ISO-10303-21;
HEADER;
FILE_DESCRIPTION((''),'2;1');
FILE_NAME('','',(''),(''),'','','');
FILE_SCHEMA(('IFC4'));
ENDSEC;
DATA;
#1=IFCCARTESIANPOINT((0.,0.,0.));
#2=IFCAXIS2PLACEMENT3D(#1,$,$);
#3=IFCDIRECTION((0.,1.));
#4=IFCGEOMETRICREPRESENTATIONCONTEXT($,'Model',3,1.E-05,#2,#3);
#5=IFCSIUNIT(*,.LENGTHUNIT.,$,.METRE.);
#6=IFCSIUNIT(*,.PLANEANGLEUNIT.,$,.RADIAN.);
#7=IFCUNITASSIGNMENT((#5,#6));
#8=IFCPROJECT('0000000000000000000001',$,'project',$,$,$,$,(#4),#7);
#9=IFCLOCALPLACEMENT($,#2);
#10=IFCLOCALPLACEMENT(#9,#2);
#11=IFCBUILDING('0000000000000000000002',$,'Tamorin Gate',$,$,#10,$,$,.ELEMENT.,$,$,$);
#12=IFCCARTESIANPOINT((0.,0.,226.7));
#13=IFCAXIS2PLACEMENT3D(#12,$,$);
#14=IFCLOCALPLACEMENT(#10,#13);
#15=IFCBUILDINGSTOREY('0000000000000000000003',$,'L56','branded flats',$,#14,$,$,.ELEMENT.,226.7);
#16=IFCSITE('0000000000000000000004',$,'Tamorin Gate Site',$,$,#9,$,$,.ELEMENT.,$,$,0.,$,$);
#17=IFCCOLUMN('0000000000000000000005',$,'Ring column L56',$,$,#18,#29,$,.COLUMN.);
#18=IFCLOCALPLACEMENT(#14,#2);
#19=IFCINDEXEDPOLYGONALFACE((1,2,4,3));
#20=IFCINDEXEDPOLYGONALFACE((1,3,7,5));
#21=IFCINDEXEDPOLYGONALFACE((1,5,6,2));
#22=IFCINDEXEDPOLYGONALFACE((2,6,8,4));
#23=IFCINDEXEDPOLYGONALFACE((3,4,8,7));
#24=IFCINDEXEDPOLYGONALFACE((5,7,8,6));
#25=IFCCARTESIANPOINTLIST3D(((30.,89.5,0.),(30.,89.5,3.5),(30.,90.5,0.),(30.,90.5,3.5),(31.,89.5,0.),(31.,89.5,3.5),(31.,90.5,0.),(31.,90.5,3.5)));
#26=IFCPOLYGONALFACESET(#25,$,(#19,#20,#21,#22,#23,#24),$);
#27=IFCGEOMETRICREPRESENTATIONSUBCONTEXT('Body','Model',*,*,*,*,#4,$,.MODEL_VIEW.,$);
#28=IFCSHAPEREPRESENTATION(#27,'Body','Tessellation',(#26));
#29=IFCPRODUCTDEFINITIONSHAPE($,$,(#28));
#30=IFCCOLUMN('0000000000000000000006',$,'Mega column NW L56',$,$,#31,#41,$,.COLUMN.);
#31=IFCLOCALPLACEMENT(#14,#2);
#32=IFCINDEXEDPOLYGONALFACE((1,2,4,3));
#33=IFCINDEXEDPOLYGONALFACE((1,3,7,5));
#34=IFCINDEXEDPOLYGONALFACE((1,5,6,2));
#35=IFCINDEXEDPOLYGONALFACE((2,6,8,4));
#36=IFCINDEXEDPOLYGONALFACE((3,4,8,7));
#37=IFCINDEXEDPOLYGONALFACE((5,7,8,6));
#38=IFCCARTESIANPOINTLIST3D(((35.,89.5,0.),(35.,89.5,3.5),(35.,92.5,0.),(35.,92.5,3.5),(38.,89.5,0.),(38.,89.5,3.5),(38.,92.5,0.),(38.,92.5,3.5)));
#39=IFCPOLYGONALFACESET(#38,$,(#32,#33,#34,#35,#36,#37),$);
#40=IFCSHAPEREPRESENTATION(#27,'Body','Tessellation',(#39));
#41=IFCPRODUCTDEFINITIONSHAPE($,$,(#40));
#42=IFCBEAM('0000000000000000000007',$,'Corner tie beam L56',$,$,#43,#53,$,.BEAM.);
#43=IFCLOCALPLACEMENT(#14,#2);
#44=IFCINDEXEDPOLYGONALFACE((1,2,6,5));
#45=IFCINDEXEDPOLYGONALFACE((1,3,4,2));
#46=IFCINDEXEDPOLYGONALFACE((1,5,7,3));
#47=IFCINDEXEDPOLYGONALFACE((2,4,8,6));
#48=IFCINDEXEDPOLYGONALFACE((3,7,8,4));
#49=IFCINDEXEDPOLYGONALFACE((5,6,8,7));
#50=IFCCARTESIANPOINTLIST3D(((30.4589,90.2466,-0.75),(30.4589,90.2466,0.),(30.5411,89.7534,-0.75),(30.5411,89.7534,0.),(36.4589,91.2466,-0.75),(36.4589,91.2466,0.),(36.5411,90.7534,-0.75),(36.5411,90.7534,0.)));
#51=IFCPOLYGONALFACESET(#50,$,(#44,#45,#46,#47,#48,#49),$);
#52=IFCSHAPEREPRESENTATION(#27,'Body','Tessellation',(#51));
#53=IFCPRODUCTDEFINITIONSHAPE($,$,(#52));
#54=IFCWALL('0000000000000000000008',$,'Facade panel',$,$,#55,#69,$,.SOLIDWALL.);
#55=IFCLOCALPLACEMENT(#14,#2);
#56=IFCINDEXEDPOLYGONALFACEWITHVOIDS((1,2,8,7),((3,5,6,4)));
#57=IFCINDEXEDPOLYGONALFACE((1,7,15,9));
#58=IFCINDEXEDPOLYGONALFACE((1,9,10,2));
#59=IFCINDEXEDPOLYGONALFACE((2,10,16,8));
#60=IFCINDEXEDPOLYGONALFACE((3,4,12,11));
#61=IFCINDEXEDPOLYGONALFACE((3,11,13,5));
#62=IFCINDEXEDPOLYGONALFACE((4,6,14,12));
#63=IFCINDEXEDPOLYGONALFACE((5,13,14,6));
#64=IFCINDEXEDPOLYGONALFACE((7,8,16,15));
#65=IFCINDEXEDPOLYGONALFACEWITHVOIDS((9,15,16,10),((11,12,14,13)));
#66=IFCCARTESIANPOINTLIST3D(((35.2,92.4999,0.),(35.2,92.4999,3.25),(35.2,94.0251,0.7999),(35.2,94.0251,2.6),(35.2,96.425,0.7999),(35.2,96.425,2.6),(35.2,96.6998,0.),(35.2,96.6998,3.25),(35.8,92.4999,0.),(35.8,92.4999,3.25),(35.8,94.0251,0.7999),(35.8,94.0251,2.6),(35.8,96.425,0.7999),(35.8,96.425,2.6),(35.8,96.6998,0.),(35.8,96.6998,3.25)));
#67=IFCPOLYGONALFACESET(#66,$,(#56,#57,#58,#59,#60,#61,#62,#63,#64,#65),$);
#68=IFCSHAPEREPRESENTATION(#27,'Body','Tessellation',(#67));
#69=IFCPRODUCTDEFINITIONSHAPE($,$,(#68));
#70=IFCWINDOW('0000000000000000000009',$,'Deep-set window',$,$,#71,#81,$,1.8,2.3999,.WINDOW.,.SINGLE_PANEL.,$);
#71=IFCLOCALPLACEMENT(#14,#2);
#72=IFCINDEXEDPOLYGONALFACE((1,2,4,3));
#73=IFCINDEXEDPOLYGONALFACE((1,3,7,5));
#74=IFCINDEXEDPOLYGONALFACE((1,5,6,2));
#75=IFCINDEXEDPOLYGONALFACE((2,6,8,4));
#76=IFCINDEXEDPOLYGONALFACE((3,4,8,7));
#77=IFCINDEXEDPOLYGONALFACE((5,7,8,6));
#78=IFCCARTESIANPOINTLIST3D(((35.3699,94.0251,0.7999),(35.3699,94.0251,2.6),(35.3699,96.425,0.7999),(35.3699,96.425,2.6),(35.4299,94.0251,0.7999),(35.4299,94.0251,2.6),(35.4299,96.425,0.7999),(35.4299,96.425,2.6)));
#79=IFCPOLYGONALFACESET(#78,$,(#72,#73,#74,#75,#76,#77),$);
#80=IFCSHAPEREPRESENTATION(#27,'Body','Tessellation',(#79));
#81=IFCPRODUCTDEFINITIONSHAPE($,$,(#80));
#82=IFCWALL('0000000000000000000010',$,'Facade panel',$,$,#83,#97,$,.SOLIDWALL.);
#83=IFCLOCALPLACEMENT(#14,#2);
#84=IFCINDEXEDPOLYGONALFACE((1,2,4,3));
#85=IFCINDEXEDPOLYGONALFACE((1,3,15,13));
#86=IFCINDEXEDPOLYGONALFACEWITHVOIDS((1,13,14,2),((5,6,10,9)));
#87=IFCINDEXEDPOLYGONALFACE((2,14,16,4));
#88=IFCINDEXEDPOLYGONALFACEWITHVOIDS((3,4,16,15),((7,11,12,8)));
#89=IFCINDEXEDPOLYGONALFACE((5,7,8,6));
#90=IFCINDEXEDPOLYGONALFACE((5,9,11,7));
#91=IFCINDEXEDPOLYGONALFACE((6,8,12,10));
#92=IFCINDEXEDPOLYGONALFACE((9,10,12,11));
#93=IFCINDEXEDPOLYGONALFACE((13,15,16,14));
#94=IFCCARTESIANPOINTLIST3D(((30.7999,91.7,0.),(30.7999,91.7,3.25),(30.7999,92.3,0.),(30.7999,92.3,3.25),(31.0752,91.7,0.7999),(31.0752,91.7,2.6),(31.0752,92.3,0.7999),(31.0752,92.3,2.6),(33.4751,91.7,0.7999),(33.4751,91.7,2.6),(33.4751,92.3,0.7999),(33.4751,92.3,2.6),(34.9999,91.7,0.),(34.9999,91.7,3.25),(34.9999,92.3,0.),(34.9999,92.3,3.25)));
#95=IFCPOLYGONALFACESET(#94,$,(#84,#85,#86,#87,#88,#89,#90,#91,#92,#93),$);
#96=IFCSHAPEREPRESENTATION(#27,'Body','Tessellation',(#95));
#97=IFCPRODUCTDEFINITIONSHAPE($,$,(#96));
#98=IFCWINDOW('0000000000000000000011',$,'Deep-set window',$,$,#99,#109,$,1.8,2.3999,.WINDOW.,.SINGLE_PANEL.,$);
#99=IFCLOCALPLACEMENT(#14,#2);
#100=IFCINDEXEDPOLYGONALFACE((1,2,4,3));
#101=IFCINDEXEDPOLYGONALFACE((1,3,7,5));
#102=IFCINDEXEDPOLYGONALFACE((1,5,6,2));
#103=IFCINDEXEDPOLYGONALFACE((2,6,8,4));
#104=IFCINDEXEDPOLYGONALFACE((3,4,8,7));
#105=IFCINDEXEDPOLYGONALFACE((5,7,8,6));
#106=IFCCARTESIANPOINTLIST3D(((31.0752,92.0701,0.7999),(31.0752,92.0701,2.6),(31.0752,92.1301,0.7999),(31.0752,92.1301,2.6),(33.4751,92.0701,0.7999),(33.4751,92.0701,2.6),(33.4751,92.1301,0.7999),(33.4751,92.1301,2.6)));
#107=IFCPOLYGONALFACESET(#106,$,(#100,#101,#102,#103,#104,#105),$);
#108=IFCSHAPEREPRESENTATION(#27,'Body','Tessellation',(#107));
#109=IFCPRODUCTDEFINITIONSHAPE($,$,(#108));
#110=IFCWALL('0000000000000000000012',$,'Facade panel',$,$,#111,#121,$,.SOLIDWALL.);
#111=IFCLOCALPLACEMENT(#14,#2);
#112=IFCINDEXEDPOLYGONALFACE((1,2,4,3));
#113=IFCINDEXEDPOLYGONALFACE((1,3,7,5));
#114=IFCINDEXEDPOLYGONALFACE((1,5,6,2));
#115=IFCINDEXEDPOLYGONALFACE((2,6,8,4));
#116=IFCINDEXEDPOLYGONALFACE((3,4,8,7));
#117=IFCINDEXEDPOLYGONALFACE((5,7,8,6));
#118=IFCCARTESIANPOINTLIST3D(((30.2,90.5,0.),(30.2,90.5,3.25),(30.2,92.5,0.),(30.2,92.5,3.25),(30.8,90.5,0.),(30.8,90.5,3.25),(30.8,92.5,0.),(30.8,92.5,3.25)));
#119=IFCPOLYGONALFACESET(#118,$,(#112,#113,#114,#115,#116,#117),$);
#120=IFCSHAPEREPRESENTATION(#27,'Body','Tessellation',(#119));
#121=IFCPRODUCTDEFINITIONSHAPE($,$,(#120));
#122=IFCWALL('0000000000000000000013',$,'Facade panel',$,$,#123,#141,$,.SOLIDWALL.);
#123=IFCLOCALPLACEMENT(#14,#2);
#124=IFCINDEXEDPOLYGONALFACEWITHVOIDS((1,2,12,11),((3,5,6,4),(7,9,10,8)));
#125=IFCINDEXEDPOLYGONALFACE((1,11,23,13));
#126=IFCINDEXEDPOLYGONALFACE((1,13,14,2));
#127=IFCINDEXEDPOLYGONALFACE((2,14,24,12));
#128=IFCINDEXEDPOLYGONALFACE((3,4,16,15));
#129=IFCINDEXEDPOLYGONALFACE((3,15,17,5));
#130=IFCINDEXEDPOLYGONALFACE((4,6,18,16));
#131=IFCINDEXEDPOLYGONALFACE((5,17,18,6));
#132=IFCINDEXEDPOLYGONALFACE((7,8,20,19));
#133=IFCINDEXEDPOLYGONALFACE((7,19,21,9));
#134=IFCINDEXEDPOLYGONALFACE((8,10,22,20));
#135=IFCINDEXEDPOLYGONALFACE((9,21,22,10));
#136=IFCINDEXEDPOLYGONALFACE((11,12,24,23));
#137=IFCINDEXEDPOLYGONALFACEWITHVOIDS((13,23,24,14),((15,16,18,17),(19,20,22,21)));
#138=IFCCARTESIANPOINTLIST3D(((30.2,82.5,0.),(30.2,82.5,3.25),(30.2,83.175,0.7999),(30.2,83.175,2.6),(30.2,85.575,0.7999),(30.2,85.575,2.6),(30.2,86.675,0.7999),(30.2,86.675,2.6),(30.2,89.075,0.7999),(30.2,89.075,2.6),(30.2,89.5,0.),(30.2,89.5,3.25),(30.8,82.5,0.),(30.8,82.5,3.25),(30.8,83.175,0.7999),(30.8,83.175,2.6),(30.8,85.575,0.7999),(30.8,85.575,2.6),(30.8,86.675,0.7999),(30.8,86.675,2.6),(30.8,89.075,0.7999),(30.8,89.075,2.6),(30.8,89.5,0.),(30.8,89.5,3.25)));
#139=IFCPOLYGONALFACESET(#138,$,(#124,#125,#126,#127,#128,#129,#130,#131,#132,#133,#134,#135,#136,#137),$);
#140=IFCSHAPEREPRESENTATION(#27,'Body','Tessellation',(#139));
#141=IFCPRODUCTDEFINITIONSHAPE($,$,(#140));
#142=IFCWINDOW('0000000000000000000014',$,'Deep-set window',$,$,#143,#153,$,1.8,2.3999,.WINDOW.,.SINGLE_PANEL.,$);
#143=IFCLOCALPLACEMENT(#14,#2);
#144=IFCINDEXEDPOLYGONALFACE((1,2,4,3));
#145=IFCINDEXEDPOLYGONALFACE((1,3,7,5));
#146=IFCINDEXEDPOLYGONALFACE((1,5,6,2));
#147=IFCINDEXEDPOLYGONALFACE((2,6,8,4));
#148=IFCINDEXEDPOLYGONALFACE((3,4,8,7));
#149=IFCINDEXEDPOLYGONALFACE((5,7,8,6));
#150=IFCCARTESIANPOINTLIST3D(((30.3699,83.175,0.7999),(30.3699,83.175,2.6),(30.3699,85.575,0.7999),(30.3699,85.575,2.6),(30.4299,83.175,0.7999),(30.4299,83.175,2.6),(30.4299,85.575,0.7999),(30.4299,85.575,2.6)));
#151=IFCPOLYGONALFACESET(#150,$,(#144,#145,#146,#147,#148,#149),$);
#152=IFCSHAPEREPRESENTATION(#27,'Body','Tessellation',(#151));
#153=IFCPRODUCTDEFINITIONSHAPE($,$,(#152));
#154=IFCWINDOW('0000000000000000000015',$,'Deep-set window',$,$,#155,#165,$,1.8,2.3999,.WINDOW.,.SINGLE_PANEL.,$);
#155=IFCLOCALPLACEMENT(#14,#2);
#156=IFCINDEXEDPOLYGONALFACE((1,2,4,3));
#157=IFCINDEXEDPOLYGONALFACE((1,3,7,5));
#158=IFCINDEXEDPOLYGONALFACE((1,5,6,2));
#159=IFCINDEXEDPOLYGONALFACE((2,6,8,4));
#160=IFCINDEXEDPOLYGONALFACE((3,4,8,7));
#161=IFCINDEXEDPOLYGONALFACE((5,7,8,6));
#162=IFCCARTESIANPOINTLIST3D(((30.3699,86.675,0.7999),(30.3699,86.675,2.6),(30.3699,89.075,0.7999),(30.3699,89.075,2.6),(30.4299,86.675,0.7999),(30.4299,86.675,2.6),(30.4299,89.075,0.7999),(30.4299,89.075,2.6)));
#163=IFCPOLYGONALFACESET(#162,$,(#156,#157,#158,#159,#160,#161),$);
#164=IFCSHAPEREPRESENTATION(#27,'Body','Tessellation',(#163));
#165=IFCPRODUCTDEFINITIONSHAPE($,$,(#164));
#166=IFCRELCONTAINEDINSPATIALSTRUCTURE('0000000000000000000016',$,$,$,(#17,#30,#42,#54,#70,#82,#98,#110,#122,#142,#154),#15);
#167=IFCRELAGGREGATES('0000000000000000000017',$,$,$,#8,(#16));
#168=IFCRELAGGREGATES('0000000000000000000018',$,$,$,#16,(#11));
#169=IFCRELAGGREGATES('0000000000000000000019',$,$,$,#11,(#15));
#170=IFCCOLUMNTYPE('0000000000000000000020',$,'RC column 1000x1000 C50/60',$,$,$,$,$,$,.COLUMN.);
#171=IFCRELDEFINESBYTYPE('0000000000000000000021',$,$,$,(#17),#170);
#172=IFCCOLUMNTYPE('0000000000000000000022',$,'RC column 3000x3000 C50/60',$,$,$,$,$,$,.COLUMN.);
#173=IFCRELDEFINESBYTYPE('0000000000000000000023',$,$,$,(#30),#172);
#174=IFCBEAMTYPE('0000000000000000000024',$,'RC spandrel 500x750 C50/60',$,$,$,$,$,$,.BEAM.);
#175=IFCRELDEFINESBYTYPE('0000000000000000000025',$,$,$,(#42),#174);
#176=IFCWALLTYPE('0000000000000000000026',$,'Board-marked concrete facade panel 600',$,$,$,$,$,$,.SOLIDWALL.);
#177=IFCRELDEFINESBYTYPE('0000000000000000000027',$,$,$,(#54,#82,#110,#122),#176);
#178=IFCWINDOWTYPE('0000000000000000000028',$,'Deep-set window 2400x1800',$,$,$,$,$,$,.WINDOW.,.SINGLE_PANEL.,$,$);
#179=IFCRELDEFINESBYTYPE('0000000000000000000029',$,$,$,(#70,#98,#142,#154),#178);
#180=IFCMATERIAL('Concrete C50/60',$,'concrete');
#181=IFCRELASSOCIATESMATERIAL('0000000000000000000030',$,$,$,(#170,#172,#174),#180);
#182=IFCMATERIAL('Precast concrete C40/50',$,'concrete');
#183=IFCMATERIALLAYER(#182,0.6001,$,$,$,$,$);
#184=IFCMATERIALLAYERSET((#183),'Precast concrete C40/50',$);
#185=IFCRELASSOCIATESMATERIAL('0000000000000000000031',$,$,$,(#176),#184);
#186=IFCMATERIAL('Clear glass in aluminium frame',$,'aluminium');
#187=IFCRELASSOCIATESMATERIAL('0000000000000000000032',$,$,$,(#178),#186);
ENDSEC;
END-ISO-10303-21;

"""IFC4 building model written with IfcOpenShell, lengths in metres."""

from ifc_helpers import new_model, si_unit, direction, frame, frame_2d, origin, origin_2d, place, context, subcontext, project, spatial, rectangle, extrude, material, layer, layer_set, material_profile, profile_set, type_object, element, fill, save


model = new_model("IFC4")

# Units and contexts
model_context = context("Model", 3, precision=1e-05, world=origin(), true_north=direction((0.0, 1.0)))
body_context = subcontext(model_context, "Body", "Model", "MODEL_VIEW")
ifc_project = project(units=[si_unit("LENGTHUNIT", "METRE"), si_unit("PLANEANGLEUNIT", "RADIAN")], contexts=[model_context])

# Site, building, storey
site_placement = place(None, origin())
site = spatial("IfcSite", under=ifc_project, at=site_placement, Name="Tamorin Gate Site", CompositionType="ELEMENT", RefElevation=0.0)
building_placement = place(site_placement, origin())
building = spatial("IfcBuilding", under=site, at=building_placement, Name="Tamorin Gate", CompositionType="ELEMENT")
storey_placement = place(building_placement, frame((0.0, 0.0, 226.7)))
storey = spatial("IfcBuildingStorey", under=building, at=storey_placement, Name="L56", Description="branded flats", CompositionType="ELEMENT", Elevation=226.7)

# Columns
ifc_material_1 = material(Name="Concrete C50/60", Category="concrete")
ifc_material_profile_1 = material_profile(ifc_material_1, rectangle(XDim=1.0, YDim=1.0, at=origin_2d()), Name="RC 1000x1000")
ifc_profile_set_1 = profile_set([ifc_material_profile_1], Name="Concrete C50/60")
column_type_1 = type_object("IfcColumnType", Name="RC column 1000x1000 C50/60", PredefinedType="COLUMN", material=ifc_profile_set_1)
column_1_placement = place(storey_placement, frame((30.5, 90.0, 0.0), z_axis=(0.0, 0.0, 1.0), x_axis=(1.0, 0.0, 0.0)))
element("IfcColumn", 1, at=column_1_placement, inside=storey, type_object=column_type_1, Name="Ring column L56", PredefinedType="COLUMN", context=body_context, shape_type="SweptSolid", body=[
    extrude(rectangle(XDim=1.0, YDim=1.0, at=origin_2d()), origin(), (0.0, 0.0, 1.0), 3.5),
])
ifc_material_profile_2 = material_profile(ifc_material_1, rectangle(XDim=3.0, YDim=3.0, at=origin_2d()), Name="RC 3000x3000")
ifc_profile_set_2 = profile_set([ifc_material_profile_2], Name="Concrete C50/60")
column_type_2 = type_object("IfcColumnType", Name="RC column 3000x3000 C50/60", PredefinedType="COLUMN", material=ifc_profile_set_2)
column_2_placement = place(storey_placement, frame((36.5, 91.0, 0.0), z_axis=(0.0, 0.0, 1.0), x_axis=(1.0, 0.0, 0.0)))
element("IfcColumn", 2, at=column_2_placement, inside=storey, type_object=column_type_2, Name="Mega column NW L56", PredefinedType="COLUMN", context=body_context, shape_type="SweptSolid", body=[
    extrude(rectangle(XDim=3.0, YDim=3.0, at=origin_2d()), origin(), (0.0, 0.0, 1.0), 3.5),
])

# Beam
ifc_material_profile_3 = material_profile(ifc_material_1, rectangle(XDim=0.5, YDim=0.75, at=origin_2d()), Name="RC 500x750")
ifc_profile_set_3 = profile_set([ifc_material_profile_3], Name="Concrete C50/60")
beam_type = type_object("IfcBeamType", Name="RC spandrel 500x750 C50/60", PredefinedType="BEAM", material=ifc_profile_set_3)
beam_placement = place(storey_placement, frame((36.5, 91.0, -0.375), z_axis=(-0.986394, -0.164399, 0.0), x_axis=(0.164399, -0.986394, 0.0)))
element("IfcBeam", 3, at=beam_placement, inside=storey, type_object=beam_type, Name="Corner tie beam L56", PredefinedType="BEAM", context=body_context, shape_type="SweptSolid", body=[
    extrude(rectangle(XDim=0.5, YDim=0.75, at=origin_2d()), origin(), (0.0, 0.0, 1.0), 6.0828),
])

# Walls, openings, windows
ifc_material_2 = material(Name="Precast concrete C40/50", Category="concrete")
ifc_layer_1 = layer(ifc_material_2, 0.6001)
ifc_layer_set_1 = layer_set([ifc_layer_1], Name="Precast concrete C40/50")
wall_type_1 = type_object("IfcWallType", Name="Board-marked concrete facade panel 600", PredefinedType="SOLIDWALL", material=ifc_layer_set_1)
wall_1_placement = place(storey_placement, frame((35.5, 96.7, 0.0), z_axis=(0.0, 0.0, 1.0), x_axis=(0.0, -1.0, 0.0)))
wall_1 = element("IfcWall", 4, at=wall_1_placement, inside=storey, type_object=wall_type_1, Name="Facade panel", PredefinedType="SOLIDWALL", context=body_context, shape_type="SweptSolid", body=[
    extrude(rectangle(XDim=4.2, YDim=0.6001, at=frame_2d((2.1001, 0.0))), origin(), (0.0, 0.0, 1.0), 3.25),
])
opening_1_placement = place(wall_1_placement, frame((0.2749, 0.0, 0.8)))
opening_1 = element("IfcOpeningElement", 5, at=opening_1_placement, cuts=wall_1, PredefinedType="OPENING", context=body_context, shape_type="SweptSolid", body=[
    extrude(rectangle(XDim=2.3999, YDim=1.8, at=frame_2d((1.2, 0.8999))), frame((0.0, 0.3101, 0.0), z_axis=(0.0, -1.0, 0.0), x_axis=(1.0, 0.0, 0.0)), (0.0, 0.0, 1.0), 0.6201),
])
ifc_material_3 = material(Name="Clear glass in aluminium frame", Category="aluminium")
window_type = type_object("IfcWindowType", Name="Deep-set window 2400x1800", PartitioningType="SINGLE_PANEL", PredefinedType="WINDOW", material=ifc_material_3)
window_1_placement = place(opening_1_placement, origin())
window_1 = element("IfcWindow", 6, at=window_1_placement, inside=storey, type_object=window_type, Name="Deep-set window", OverallHeight=1.8, OverallWidth=2.3999, PartitioningType="SINGLE_PANEL", PredefinedType="WINDOW", context=body_context, shape_type="SweptSolid", body=[
    extrude(rectangle(XDim=2.3999, YDim=1.8, at=frame_2d((1.2, 0.8999))), frame((0.0, -0.0701, 0.0), z_axis=(0.0, -1.0, 0.0), x_axis=(1.0, 0.0, 0.0)), (0.0, 0.0, 1.0), 0.0601),
])
fill(opening_1, window_1)
wall_2_placement = place(storey_placement, frame((35.0, 92.0, 0.0), z_axis=(0.0, 0.0, 1.0), x_axis=(-1.0, 0.0, 0.0)))
wall_2 = element("IfcWall", 7, at=wall_2_placement, inside=storey, type_object=wall_type_1, Name="Facade panel", PredefinedType="SOLIDWALL", context=body_context, shape_type="SweptSolid", body=[
    extrude(rectangle(XDim=4.2, YDim=0.6001, at=frame_2d((2.1001, 0.0))), origin(), (0.0, 0.0, 1.0), 3.25),
])
opening_2_placement = place(wall_2_placement, frame((1.5249, 0.0, 0.8)))
opening_2 = element("IfcOpeningElement", 8, at=opening_2_placement, cuts=wall_2, PredefinedType="OPENING", context=body_context, shape_type="SweptSolid", body=[
    extrude(rectangle(XDim=2.3999, YDim=1.8, at=frame_2d((1.2, 0.8999))), frame((0.0, 0.3101, 0.0), z_axis=(0.0, -1.0, 0.0), x_axis=(1.0, 0.0, 0.0)), (0.0, 0.0, 1.0), 0.6201),
])
window_2_placement = place(opening_2_placement, origin())
window_2 = element("IfcWindow", 9, at=window_2_placement, inside=storey, type_object=window_type, Name="Deep-set window", OverallHeight=1.8, OverallWidth=2.3999, PartitioningType="SINGLE_PANEL", PredefinedType="WINDOW", context=body_context, shape_type="SweptSolid", body=[
    extrude(rectangle(XDim=2.3999, YDim=1.8, at=frame_2d((1.2, 0.8999))), frame((0.0, -0.0701, 0.0), z_axis=(0.0, -1.0, 0.0), x_axis=(1.0, 0.0, 0.0)), (0.0, 0.0, 1.0), 0.0601),
])
fill(opening_2, window_2)

# Wall
wall_3_placement = place(storey_placement, frame((30.5, 92.5, 0.0), z_axis=(0.0, 0.0, 1.0), x_axis=(0.0, -1.0, 0.0)))
element("IfcWall", 10, at=wall_3_placement, inside=storey, type_object=wall_type_1, Name="Facade panel", PredefinedType="SOLIDWALL", context=body_context, shape_type="SweptSolid", body=[
    extrude(rectangle(XDim=2.0, YDim=0.6001, at=frame_2d((1.0, 0.0))), origin(), (0.0, 0.0, 1.0), 3.25),
])

# Wall, openings, windows
wall_4_placement = place(storey_placement, frame((30.5, 89.5, 0.0), z_axis=(0.0, 0.0, 1.0), x_axis=(0.0, -1.0, 0.0)))
wall_4 = element("IfcWall", 11, at=wall_4_placement, inside=storey, type_object=wall_type_1, Name="Facade panel", PredefinedType="SOLIDWALL", context=body_context, shape_type="SweptSolid", body=[
    extrude(rectangle(XDim=7.0, YDim=0.6001, at=frame_2d((3.5, 0.0))), origin(), (0.0, 0.0, 1.0), 3.25),
])
opening_3_placement = place(wall_4_placement, frame((3.925, 0.0, 0.8)))
opening_3 = element("IfcOpeningElement", 12, at=opening_3_placement, cuts=wall_4, PredefinedType="OPENING", context=body_context, shape_type="SweptSolid", body=[
    extrude(rectangle(XDim=2.3999, YDim=1.8, at=frame_2d((1.2, 0.8999))), frame((0.0, 0.3101, 0.0), z_axis=(0.0, -1.0, 0.0), x_axis=(1.0, 0.0, 0.0)), (0.0, 0.0, 1.0), 0.6201),
])
opening_4_placement = place(wall_4_placement, frame((0.425, 0.0, 0.8)))
opening_4 = element("IfcOpeningElement", 13, at=opening_4_placement, cuts=wall_4, PredefinedType="OPENING", context=body_context, shape_type="SweptSolid", body=[
    extrude(rectangle(XDim=2.3999, YDim=1.8, at=frame_2d((1.2, 0.8999))), frame((0.0, 0.3101, 0.0), z_axis=(0.0, -1.0, 0.0), x_axis=(1.0, 0.0, 0.0)), (0.0, 0.0, 1.0), 0.6201),
])
window_3_placement = place(opening_3_placement, origin())
window_3 = element("IfcWindow", 14, at=window_3_placement, inside=storey, type_object=window_type, Name="Deep-set window", OverallHeight=1.8, OverallWidth=2.3999, PartitioningType="SINGLE_PANEL", PredefinedType="WINDOW", context=body_context, shape_type="SweptSolid", body=[
    extrude(rectangle(XDim=2.3999, YDim=1.8, at=frame_2d((1.2, 0.8999))), frame((0.0, -0.0701, 0.0), z_axis=(0.0, -1.0, 0.0), x_axis=(1.0, 0.0, 0.0)), (0.0, 0.0, 1.0), 0.0601),
])
fill(opening_3, window_3)
window_4_placement = place(opening_4_placement, origin())
window_4 = element("IfcWindow", 15, at=window_4_placement, inside=storey, type_object=window_type, Name="Deep-set window", OverallHeight=1.8, OverallWidth=2.3999, PartitioningType="SINGLE_PANEL", PredefinedType="WINDOW", context=body_context, shape_type="SweptSolid", body=[
    extrude(rectangle(XDim=2.3999, YDim=1.8, at=frame_2d((1.2, 0.8999))), frame((0.0, -0.0701, 0.0), z_axis=(0.0, -1.0, 0.0), x_axis=(1.0, 0.0, 0.0)), (0.0, 0.0, 1.0), 0.0601),
])
fill(opening_4, window_4)

save(model, "model.ifc")
